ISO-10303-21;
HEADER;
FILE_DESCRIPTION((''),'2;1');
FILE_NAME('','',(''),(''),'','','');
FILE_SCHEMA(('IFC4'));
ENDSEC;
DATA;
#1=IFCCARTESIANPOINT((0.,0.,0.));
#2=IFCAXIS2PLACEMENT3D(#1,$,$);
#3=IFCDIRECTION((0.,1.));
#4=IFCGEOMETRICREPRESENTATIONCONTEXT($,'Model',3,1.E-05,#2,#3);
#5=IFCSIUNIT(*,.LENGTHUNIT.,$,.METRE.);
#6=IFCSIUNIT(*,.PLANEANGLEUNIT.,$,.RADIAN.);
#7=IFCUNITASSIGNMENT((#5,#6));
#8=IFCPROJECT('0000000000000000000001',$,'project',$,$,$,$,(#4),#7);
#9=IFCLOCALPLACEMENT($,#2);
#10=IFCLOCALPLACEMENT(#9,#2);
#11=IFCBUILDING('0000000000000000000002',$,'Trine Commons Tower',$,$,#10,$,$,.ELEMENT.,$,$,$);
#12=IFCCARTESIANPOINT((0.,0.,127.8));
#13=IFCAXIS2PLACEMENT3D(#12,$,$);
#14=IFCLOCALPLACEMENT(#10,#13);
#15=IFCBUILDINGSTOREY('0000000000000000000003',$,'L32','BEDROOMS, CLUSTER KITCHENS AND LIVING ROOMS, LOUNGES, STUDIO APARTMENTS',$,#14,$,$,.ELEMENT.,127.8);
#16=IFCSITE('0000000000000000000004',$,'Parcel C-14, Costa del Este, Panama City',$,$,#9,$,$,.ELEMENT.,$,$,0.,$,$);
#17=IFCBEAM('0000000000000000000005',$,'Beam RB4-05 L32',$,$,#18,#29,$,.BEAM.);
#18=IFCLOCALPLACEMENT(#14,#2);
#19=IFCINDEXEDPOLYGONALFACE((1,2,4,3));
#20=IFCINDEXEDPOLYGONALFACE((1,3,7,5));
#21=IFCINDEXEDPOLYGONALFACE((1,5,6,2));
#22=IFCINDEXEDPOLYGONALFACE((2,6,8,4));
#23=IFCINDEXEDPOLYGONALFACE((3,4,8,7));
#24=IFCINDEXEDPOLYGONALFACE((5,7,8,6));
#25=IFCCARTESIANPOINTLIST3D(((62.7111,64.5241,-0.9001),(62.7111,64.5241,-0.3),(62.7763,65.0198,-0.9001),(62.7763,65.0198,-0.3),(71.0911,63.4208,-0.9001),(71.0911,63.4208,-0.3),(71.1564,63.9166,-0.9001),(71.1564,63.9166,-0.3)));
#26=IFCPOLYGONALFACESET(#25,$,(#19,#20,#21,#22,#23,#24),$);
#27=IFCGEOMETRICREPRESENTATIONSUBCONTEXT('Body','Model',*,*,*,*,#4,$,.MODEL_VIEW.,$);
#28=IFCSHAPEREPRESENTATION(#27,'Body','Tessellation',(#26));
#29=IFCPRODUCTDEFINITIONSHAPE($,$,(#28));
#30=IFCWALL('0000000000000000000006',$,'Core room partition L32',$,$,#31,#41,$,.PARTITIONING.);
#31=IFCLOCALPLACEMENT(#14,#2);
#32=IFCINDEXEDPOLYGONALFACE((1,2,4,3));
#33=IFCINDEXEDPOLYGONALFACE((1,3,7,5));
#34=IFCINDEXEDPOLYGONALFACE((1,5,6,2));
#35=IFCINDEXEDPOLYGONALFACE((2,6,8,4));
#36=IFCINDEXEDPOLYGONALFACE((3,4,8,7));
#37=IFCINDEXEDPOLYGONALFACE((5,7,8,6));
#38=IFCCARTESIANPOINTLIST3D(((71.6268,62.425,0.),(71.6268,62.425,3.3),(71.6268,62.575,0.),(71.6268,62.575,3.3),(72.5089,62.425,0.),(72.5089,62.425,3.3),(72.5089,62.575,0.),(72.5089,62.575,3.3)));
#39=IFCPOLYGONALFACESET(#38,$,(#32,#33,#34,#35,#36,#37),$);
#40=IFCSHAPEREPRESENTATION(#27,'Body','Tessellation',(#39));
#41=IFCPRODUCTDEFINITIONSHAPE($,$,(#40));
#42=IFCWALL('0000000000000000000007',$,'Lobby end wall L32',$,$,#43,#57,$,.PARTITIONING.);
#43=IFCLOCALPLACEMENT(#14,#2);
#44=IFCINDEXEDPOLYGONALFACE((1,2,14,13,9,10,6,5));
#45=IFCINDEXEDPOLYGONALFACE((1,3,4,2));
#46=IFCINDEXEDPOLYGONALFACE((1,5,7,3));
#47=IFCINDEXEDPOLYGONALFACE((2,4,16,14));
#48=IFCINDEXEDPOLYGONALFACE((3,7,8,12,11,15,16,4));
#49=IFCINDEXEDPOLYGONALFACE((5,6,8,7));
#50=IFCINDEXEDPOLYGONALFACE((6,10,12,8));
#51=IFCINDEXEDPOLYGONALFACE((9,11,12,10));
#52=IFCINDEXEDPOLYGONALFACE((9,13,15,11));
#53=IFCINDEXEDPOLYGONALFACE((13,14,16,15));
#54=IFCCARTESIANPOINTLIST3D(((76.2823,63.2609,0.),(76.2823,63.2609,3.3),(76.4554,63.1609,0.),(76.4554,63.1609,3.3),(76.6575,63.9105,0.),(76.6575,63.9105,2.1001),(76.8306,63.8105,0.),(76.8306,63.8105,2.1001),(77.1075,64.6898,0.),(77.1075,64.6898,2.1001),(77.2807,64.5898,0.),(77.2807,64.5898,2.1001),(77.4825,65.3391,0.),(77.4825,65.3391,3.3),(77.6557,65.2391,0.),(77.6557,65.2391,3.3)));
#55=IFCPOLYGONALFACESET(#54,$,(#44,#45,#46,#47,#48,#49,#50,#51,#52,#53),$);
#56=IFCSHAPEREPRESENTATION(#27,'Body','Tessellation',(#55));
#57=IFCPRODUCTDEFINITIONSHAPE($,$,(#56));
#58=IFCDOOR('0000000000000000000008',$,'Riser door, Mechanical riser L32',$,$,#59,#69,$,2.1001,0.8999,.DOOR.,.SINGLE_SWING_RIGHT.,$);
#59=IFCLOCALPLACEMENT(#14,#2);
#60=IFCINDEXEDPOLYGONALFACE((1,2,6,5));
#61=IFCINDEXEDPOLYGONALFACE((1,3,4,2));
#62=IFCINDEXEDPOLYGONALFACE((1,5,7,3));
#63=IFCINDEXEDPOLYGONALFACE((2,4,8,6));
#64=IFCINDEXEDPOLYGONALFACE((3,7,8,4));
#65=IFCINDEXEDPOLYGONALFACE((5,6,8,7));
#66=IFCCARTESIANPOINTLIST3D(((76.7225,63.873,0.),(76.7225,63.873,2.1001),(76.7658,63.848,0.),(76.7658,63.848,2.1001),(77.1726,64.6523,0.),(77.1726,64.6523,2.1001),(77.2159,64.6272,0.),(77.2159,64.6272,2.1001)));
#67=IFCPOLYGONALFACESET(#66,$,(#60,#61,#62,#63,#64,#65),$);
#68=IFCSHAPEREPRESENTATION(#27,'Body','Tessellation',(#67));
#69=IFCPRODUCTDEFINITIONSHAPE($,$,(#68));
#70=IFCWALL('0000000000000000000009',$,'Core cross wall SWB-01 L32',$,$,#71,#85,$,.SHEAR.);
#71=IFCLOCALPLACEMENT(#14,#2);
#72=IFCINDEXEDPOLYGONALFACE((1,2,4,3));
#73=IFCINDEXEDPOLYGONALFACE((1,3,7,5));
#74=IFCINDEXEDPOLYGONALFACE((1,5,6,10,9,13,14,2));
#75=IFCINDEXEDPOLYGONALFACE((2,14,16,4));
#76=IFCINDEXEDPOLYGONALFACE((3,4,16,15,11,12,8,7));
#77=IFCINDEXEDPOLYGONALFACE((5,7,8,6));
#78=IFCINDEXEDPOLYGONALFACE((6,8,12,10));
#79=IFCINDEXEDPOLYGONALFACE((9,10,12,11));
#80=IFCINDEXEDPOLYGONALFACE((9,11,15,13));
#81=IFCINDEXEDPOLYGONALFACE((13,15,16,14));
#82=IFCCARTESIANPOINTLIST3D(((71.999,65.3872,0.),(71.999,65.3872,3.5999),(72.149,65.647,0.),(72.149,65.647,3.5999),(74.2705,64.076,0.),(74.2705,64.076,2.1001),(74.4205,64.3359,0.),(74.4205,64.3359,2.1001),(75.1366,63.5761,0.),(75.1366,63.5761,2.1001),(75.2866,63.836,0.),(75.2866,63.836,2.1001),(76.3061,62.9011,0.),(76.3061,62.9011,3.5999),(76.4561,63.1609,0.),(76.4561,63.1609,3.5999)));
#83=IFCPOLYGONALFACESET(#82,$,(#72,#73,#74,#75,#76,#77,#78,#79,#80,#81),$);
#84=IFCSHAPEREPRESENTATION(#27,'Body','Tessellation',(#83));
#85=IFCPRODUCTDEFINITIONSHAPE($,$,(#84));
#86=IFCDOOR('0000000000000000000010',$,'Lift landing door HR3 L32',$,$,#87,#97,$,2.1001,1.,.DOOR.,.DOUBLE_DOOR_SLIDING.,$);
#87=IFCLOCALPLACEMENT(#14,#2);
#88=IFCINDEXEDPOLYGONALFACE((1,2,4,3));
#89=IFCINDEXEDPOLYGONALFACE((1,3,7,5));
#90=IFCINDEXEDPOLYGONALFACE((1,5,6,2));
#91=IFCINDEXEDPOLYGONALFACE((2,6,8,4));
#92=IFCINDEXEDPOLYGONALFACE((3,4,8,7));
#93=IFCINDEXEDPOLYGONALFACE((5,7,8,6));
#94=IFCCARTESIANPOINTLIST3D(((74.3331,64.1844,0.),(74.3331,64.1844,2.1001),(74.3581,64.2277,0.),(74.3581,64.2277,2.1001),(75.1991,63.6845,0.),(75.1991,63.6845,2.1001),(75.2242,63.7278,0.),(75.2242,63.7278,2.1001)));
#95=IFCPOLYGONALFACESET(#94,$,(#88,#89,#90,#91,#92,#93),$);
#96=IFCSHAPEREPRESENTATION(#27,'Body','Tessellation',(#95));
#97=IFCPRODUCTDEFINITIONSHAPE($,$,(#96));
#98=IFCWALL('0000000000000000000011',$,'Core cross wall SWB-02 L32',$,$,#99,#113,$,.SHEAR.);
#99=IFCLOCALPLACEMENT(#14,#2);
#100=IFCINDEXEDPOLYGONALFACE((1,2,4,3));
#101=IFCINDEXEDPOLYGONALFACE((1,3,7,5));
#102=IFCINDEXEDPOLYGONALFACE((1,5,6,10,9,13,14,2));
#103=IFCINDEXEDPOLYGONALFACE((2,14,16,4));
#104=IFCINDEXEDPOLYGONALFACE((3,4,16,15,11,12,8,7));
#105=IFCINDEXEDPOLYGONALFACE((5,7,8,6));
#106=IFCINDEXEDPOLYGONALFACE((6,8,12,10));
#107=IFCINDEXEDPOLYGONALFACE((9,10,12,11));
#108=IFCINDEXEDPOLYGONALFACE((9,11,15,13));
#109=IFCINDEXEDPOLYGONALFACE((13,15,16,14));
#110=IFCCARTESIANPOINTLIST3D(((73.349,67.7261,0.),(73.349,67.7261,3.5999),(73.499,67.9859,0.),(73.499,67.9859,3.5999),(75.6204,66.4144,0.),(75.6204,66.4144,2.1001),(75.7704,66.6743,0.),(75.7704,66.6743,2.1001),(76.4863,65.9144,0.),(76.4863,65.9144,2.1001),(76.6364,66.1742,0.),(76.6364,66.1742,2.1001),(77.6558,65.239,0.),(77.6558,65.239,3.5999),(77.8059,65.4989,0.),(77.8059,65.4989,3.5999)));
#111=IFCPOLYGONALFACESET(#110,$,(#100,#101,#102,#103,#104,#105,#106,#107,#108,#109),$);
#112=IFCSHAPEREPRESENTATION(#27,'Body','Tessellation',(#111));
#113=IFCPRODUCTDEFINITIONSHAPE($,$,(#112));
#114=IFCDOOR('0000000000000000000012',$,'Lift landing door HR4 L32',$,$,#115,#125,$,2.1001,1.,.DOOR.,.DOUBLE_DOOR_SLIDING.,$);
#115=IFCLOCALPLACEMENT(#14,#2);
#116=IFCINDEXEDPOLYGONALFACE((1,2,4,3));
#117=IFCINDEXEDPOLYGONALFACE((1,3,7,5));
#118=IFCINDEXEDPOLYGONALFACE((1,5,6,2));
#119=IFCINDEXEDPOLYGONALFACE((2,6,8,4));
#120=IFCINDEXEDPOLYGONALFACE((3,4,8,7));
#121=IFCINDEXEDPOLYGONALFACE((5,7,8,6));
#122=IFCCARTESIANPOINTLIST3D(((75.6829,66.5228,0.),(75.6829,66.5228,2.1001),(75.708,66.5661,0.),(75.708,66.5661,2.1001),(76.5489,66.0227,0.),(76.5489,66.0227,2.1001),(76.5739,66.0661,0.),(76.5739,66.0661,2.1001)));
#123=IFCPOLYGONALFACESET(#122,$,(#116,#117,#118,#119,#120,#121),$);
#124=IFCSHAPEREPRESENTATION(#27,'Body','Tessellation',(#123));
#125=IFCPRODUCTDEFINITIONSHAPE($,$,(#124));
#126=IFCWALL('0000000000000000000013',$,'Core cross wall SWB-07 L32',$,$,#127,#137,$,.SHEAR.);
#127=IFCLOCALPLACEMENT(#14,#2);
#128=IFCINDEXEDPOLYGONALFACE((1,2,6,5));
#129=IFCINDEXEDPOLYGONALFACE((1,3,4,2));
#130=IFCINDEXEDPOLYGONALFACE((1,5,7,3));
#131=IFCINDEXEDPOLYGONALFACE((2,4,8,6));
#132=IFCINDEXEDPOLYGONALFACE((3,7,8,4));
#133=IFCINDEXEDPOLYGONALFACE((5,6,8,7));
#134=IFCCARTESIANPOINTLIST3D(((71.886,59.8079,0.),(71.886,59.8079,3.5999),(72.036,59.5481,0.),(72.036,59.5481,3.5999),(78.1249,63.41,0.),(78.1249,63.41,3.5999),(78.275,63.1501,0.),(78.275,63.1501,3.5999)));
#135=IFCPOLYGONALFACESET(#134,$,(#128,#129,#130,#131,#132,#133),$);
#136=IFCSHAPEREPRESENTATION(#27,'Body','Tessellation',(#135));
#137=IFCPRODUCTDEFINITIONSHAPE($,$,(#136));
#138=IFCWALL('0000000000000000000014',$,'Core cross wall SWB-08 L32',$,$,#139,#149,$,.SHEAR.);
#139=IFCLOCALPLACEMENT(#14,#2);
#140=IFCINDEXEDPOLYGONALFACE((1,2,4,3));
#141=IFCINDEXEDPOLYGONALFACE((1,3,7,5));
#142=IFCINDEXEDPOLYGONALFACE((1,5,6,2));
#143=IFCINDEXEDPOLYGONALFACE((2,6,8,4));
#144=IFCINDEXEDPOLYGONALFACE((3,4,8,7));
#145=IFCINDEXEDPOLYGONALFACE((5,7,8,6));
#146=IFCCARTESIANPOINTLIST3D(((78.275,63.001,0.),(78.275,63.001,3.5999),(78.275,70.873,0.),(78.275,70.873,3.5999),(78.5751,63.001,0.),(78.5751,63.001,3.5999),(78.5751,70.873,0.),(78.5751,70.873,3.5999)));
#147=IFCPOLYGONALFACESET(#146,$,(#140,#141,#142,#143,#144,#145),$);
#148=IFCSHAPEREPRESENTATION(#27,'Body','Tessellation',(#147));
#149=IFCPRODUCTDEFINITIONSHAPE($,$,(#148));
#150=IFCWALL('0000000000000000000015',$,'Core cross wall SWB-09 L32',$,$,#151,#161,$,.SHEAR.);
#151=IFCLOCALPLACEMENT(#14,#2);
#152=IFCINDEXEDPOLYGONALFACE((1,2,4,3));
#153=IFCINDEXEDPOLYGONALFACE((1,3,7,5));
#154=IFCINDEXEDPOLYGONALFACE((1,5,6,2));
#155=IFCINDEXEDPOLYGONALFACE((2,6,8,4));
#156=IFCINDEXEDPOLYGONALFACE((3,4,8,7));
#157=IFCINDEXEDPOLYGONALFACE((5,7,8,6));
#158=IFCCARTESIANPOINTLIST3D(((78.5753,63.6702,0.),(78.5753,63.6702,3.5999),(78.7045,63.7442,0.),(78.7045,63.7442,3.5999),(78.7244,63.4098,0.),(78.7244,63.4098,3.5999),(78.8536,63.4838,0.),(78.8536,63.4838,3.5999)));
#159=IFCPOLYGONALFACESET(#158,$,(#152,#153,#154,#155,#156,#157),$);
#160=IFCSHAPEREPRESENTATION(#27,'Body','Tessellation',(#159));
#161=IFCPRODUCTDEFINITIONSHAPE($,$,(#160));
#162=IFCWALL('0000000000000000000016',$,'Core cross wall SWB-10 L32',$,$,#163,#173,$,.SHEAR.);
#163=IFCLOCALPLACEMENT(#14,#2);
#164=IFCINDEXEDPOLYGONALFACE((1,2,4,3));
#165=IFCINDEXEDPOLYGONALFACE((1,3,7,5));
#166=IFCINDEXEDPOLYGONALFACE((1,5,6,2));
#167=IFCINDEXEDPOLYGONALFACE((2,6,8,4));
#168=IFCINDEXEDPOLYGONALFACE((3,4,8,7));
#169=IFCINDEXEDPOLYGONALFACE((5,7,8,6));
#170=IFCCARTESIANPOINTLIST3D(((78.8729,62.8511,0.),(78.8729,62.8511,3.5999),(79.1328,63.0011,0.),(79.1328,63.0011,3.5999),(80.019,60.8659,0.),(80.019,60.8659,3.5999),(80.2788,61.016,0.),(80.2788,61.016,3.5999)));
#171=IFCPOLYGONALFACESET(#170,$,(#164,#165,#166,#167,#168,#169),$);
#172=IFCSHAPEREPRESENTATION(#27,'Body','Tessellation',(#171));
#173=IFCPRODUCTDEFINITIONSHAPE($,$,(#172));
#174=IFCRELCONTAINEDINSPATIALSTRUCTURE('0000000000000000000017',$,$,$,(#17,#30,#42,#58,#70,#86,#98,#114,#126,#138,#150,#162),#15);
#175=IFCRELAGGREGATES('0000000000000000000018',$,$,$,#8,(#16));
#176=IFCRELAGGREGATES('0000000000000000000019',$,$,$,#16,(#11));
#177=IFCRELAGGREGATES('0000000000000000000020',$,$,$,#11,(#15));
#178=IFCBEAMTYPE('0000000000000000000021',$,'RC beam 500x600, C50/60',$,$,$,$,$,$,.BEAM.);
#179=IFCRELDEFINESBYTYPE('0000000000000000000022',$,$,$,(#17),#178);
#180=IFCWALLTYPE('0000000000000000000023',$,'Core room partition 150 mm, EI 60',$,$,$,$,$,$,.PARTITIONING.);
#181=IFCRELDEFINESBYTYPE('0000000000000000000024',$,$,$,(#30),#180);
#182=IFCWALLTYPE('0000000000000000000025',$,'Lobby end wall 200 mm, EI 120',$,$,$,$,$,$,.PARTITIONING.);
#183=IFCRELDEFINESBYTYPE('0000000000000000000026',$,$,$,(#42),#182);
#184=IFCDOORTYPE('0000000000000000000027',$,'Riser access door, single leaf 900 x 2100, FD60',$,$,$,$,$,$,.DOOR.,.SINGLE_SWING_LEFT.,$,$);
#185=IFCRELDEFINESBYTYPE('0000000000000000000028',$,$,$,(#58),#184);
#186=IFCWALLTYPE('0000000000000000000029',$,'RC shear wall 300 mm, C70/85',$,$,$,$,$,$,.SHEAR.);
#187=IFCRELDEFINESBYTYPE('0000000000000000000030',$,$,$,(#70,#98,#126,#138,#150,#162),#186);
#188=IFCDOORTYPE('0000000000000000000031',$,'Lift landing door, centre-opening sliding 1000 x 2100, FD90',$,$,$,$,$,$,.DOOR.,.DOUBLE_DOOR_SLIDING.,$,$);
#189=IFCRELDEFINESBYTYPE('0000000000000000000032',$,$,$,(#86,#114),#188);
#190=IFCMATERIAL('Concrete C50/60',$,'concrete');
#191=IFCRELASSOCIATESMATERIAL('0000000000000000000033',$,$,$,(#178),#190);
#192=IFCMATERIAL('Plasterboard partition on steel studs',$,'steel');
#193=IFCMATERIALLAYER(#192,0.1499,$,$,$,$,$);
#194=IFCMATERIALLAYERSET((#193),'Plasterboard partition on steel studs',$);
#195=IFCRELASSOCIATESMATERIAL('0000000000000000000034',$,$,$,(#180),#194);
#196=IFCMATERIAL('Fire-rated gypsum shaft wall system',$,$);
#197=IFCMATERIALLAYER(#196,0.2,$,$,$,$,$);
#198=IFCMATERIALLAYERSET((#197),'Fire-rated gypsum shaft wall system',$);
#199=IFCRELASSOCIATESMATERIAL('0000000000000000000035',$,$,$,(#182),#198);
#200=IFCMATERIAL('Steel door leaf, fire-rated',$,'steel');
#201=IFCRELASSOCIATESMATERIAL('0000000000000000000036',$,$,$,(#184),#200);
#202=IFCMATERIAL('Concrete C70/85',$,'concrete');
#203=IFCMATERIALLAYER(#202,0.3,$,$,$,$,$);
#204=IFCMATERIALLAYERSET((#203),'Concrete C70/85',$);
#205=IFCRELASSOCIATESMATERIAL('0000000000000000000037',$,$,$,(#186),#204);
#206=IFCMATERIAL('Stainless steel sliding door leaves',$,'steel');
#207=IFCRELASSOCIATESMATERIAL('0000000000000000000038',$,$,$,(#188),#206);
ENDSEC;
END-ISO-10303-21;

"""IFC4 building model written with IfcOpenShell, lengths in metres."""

from ifc_helpers import new_model, si_unit, direction, frame, frame_2d, origin, origin_2d, place, context, subcontext, project, spatial, rectangle, extrude, material, layer, layer_set, material_profile, profile_set, type_object, element, fill, save


model = new_model("IFC4")

# Units and contexts
model_context = context("Model", 3, precision=1e-05, world=origin(), true_north=direction((0.0, 1.0)))
body_context = subcontext(model_context, "Body", "Model", "MODEL_VIEW")
ifc_project = project(units=[si_unit("LENGTHUNIT", "METRE"), si_unit("PLANEANGLEUNIT", "RADIAN")], contexts=[model_context])

# Site, building, storey
site_placement = place(None, origin())
site = spatial("IfcSite", under=ifc_project, at=site_placement, Name="Parcel C-14, Costa del Este, Panama City", CompositionType="ELEMENT", RefElevation=0.0)
building_placement = place(site_placement, origin())
building = spatial("IfcBuilding", under=site, at=building_placement, Name="Trine Commons Tower", CompositionType="ELEMENT")
storey_placement = place(building_placement, frame((0.0, 0.0, 127.8)))
storey = spatial("IfcBuildingStorey", under=building, at=storey_placement, Name="L32", Description="BEDROOMS, CLUSTER KITCHENS AND LIVING ROOMS, LOUNGES, STUDIO APARTMENTS", CompositionType="ELEMENT", Elevation=127.8)

# Beam
ifc_material_1 = material(Name="Concrete C50/60", Category="concrete")
ifc_material_profile = material_profile(ifc_material_1, rectangle(XDim=0.5, YDim=0.6001, at=origin_2d()), Name="RC 500x600")
ifc_profile_set = profile_set([ifc_material_profile], Name="Concrete C50/60")
beam_type = type_object("IfcBeamType", Name="RC beam 500x600, C50/60", PredefinedType="BEAM", material=ifc_profile_set)
beam_placement = place(storey_placement, frame((71.1238, 63.6687, -0.6001), z_axis=(-0.991445, 0.130527, 0.0), x_axis=(-0.130527, -0.991445, 0.0)))
element("IfcBeam", 1, at=beam_placement, inside=storey, type_object=beam_type, Name="Beam RB4-05 L32", PredefinedType="BEAM", context=body_context, shape_type="SweptSolid", body=[
    extrude(rectangle(XDim=0.5, YDim=0.6001, at=origin_2d()), origin(), (0.0, 0.0, 1.0), 8.4524),
])

# Wall
ifc_material_2 = material(Name="Plasterboard partition on steel studs", Category="steel")
ifc_layer_1 = layer(ifc_material_2, 0.1499)
ifc_layer_set_1 = layer_set([ifc_layer_1], Name="Plasterboard partition on steel studs")
wall_type_1 = type_object("IfcWallType", Name="Core room partition 150 mm, EI 60", PredefinedType="PARTITIONING", material=ifc_layer_set_1)
wall_1_placement = place(storey_placement, frame((71.627, 62.5, 0.0), z_axis=(0.0, 0.0, 1.0), x_axis=(1.0, 0.0, 0.0)))
element("IfcWall", 2, at=wall_1_placement, inside=storey, type_object=wall_type_1, Name="Core room partition L32", PredefinedType="PARTITIONING", context=body_context, shape_type="SweptSolid", body=[
    extrude(rectangle(XDim=0.8821, YDim=0.1499, at=frame_2d((0.4409, 0.0))), origin(), (0.0, 0.0, 1.0), 3.3),
])

# Walls, openings, doors
ifc_material_3 = material(Name="Fire-rated gypsum shaft wall system")
ifc_layer_2 = layer(ifc_material_3, 0.2)
ifc_layer_set_2 = layer_set([ifc_layer_2], Name="Fire-rated gypsum shaft wall system")
wall_type_2 = type_object("IfcWallType", Name="Lobby end wall 200 mm, EI 120", PredefinedType="PARTITIONING", material=ifc_layer_set_2)
wall_2_placement = place(storey_placement, frame((77.5691, 65.2891, 0.0), z_axis=(0.0, 0.0, 1.0), x_axis=(-0.500122, -0.865955, 0.0)))
wall_2 = element("IfcWall", 3, at=wall_2_placement, inside=storey, type_object=wall_type_2, Name="Lobby end wall L32", PredefinedType="PARTITIONING", context=body_context, shape_type="SweptSolid", body=[
    extrude(rectangle(XDim=2.3999, YDim=0.2, at=frame_2d((1.2, 0.0))), origin(), (0.0, 0.0, 1.0), 3.3),
])
opening_1_placement = place(wall_2_placement, frame((0.7498, 0.0, 0.0)))
opening_1 = element("IfcOpeningElement", 4, at=opening_1_placement, cuts=wall_2, PredefinedType="OPENING", context=body_context, shape_type="SweptSolid", body=[
    extrude(rectangle(XDim=0.8999, YDim=2.1001, at=frame_2d((0.45, 1.05))), frame((0.0, 0.1099, 0.0), z_axis=(0.0, -1.0, 0.0), x_axis=(1.0, 0.0, 0.0)), (0.0, 0.0, 1.0), 0.22),
])
ifc_material_4 = material(Name="Steel door leaf, fire-rated", Category="steel")
door_type_1 = type_object("IfcDoorType", Name="Riser access door, single leaf 900 x 2100, FD60", OperationType="SINGLE_SWING_LEFT", PredefinedType="DOOR", material=ifc_material_4)
door_1_placement = place(opening_1_placement, frame((0.8999, 0.0, 0.0), z_axis=(0.0, 0.0, 1.0), x_axis=(-1.0, 0.0, 0.0)))
door_1 = element("IfcDoor", 5, at=door_1_placement, inside=storey, type_object=door_type_1, Name="Riser door, Mechanical riser L32", OperationType="SINGLE_SWING_RIGHT", OverallHeight=2.1001, OverallWidth=0.8999, PredefinedType="DOOR", context=body_context, shape_type="SweptSolid", body=[
    extrude(rectangle(XDim=0.8999, YDim=2.1001, at=frame_2d((0.45, 1.05))), frame((0.0, 0.0249, 0.0), z_axis=(0.0, -1.0, 0.0), x_axis=(1.0, 0.0, 0.0)), (0.0, 0.0, 1.0), 0.05),
])
fill(opening_1, door_1)
ifc_material_5 = material(Name="Concrete C70/85", Category="concrete")
ifc_layer_3 = layer(ifc_material_5, 0.3)
ifc_layer_set_3 = layer_set([ifc_layer_3], Name="Concrete C70/85")
wall_type_3 = type_object("IfcWallType", Name="RC shear wall 300 mm, C70/85", PredefinedType="SHEAR", material=ifc_layer_set_3)
wall_3_placement = place(storey_placement, frame((76.3811, 63.031, 0.0), z_axis=(0.0, 0.0, 1.0), x_axis=(-0.866081, 0.499904, 0.0)))
wall_3 = element("IfcWall", 6, at=wall_3_placement, inside=storey, type_object=wall_type_3, Name="Core cross wall SWB-01 L32", PredefinedType="SHEAR", context=body_context, shape_type="SweptSolid", body=[
    extrude(rectangle(XDim=4.9731, YDim=0.3, at=frame_2d((2.4866, 0.0))), origin(), (0.0, 0.0, 1.0), 3.5999),
])
opening_2_placement = place(wall_3_placement, frame((1.3503, 0.0, 0.0)))
opening_2 = element("IfcOpeningElement", 7, at=opening_2_placement, cuts=wall_3, PredefinedType="OPENING", context=body_context, shape_type="SweptSolid", body=[
    extrude(rectangle(XDim=1.0, YDim=2.1001, at=frame_2d((0.5, 1.05))), frame((0.0, 0.1599, 0.0), z_axis=(0.0, -1.0, 0.0), x_axis=(1.0, 0.0, 0.0)), (0.0, 0.0, 1.0), 0.3201),
])
ifc_material_6 = material(Name="Stainless steel sliding door leaves", Category="steel")
door_type_2 = type_object("IfcDoorType", Name="Lift landing door, centre-opening sliding 1000 x 2100, FD90", OperationType="DOUBLE_DOOR_SLIDING", PredefinedType="DOOR", material=ifc_material_6)
door_2_placement = place(opening_2_placement, origin())
door_2 = element("IfcDoor", 8, at=door_2_placement, inside=storey, type_object=door_type_2, Name="Lift landing door HR3 L32", OperationType="DOUBLE_DOOR_SLIDING", OverallHeight=2.1001, OverallWidth=1.0, PredefinedType="DOOR", context=body_context, shape_type="SweptSolid", body=[
    extrude(rectangle(XDim=1.0, YDim=2.1001, at=frame_2d((0.5, 1.05))), frame((0.0, 0.0249, 0.0), z_axis=(0.0, -1.0, 0.0), x_axis=(1.0, 0.0, 0.0)), (0.0, 0.0, 1.0), 0.05),
])
fill(opening_2, door_2)
wall_4_placement = place(storey_placement, frame((77.731, 65.3689, 0.0), z_axis=(0.0, 0.0, 1.0), x_axis=(-0.865984, 0.500072, 0.0)))
wall_4 = element("IfcWall", 9, at=wall_4_placement, inside=storey, type_object=wall_type_3, Name="Core cross wall SWB-02 L32", PredefinedType="SHEAR", context=body_context, shape_type="SweptSolid", body=[
    extrude(rectangle(XDim=4.9734, YDim=0.3, at=frame_2d((2.4868, 0.0))), origin(), (0.0, 0.0, 1.0), 3.5999),
])
opening_3_placement = place(wall_4_placement, frame((1.3506, 0.0, 0.0)))
opening_3 = element("IfcOpeningElement", 10, at=opening_3_placement, cuts=wall_4, PredefinedType="OPENING", context=body_context, shape_type="SweptSolid", body=[
    extrude(rectangle(XDim=1.0, YDim=2.1001, at=frame_2d((0.5, 1.05))), frame((0.0, 0.1599, 0.0), z_axis=(0.0, -1.0, 0.0), x_axis=(1.0, 0.0, 0.0)), (0.0, 0.0, 1.0), 0.3201),
])
door_3_placement = place(opening_3_placement, origin())
door_3 = element("IfcDoor", 11, at=door_3_placement, inside=storey, type_object=door_type_2, Name="Lift landing door HR4 L32", OperationType="DOUBLE_DOOR_SLIDING", OverallHeight=2.1001, OverallWidth=1.0, PredefinedType="DOOR", context=body_context, shape_type="SweptSolid", body=[
    extrude(rectangle(XDim=1.0, YDim=2.1001, at=frame_2d((0.5, 1.05))), frame((0.0, 0.0249, 0.0), z_axis=(0.0, -1.0, 0.0), x_axis=(1.0, 0.0, 0.0)), (0.0, 0.0, 1.0), 0.05),
])
fill(opening_3, door_3)

# Walls
wall_5_placement = place(storey_placement, frame((78.2, 63.28, 0.0), z_axis=(0.0, 0.0, 1.0), x_axis=(-0.866028, -0.499995, 0.0)))
element("IfcWall", 12, at=wall_5_placement, inside=storey, type_object=wall_type_3, Name="Core cross wall SWB-07 L32", PredefinedType="SHEAR", context=body_context, shape_type="SweptSolid", body=[
    extrude(rectangle(XDim=7.2041, YDim=0.3, at=frame_2d((3.6021, 0.0))), origin(), (0.0, 0.0, 1.0), 3.5999),
])
wall_6_placement = place(storey_placement, frame((78.425, 63.001, 0.0), z_axis=(0.0, 0.0, 1.0), x_axis=(0.0, 1.0, 0.0)))
element("IfcWall", 13, at=wall_6_placement, inside=storey, type_object=wall_type_3, Name="Core cross wall SWB-08 L32", PredefinedType="SHEAR", context=body_context, shape_type="SweptSolid", body=[
    extrude(rectangle(XDim=7.8721, YDim=0.3, at=frame_2d((3.936, 0.0))), origin(), (0.0, 0.0, 1.0), 3.5999),
])
wall_7_placement = place(storey_placement, frame((78.7791, 63.614, 0.0), z_axis=(0.0, 0.0, 1.0), x_axis=(-0.867738, -0.497022, 0.0)))
element("IfcWall", 14, at=wall_7_placement, inside=storey, type_object=wall_type_3, Name="Core cross wall SWB-09 L32", PredefinedType="SHEAR", context=body_context, shape_type="SweptSolid", body=[
    extrude(rectangle(XDim=0.1489, YDim=0.3, at=frame_2d((0.0745, 0.0))), origin(), (0.0, 0.0, 1.0), 3.5999),
])
wall_8_placement = place(storey_placement, frame((79.0029, 62.926, 0.0), z_axis=(0.0, 0.0, 1.0), x_axis=(0.499965, -0.866045, 0.0)))
element("IfcWall", 15, at=wall_8_placement, inside=storey, type_object=wall_type_3, Name="Core cross wall SWB-10 L32", PredefinedType="SHEAR", context=body_context, shape_type="SweptSolid", body=[
    extrude(rectangle(XDim=2.2922, YDim=0.3, at=frame_2d((1.146, 0.0))), origin(), (0.0, 0.0, 1.0), 3.5999),
])

save(model, "model.ifc")
